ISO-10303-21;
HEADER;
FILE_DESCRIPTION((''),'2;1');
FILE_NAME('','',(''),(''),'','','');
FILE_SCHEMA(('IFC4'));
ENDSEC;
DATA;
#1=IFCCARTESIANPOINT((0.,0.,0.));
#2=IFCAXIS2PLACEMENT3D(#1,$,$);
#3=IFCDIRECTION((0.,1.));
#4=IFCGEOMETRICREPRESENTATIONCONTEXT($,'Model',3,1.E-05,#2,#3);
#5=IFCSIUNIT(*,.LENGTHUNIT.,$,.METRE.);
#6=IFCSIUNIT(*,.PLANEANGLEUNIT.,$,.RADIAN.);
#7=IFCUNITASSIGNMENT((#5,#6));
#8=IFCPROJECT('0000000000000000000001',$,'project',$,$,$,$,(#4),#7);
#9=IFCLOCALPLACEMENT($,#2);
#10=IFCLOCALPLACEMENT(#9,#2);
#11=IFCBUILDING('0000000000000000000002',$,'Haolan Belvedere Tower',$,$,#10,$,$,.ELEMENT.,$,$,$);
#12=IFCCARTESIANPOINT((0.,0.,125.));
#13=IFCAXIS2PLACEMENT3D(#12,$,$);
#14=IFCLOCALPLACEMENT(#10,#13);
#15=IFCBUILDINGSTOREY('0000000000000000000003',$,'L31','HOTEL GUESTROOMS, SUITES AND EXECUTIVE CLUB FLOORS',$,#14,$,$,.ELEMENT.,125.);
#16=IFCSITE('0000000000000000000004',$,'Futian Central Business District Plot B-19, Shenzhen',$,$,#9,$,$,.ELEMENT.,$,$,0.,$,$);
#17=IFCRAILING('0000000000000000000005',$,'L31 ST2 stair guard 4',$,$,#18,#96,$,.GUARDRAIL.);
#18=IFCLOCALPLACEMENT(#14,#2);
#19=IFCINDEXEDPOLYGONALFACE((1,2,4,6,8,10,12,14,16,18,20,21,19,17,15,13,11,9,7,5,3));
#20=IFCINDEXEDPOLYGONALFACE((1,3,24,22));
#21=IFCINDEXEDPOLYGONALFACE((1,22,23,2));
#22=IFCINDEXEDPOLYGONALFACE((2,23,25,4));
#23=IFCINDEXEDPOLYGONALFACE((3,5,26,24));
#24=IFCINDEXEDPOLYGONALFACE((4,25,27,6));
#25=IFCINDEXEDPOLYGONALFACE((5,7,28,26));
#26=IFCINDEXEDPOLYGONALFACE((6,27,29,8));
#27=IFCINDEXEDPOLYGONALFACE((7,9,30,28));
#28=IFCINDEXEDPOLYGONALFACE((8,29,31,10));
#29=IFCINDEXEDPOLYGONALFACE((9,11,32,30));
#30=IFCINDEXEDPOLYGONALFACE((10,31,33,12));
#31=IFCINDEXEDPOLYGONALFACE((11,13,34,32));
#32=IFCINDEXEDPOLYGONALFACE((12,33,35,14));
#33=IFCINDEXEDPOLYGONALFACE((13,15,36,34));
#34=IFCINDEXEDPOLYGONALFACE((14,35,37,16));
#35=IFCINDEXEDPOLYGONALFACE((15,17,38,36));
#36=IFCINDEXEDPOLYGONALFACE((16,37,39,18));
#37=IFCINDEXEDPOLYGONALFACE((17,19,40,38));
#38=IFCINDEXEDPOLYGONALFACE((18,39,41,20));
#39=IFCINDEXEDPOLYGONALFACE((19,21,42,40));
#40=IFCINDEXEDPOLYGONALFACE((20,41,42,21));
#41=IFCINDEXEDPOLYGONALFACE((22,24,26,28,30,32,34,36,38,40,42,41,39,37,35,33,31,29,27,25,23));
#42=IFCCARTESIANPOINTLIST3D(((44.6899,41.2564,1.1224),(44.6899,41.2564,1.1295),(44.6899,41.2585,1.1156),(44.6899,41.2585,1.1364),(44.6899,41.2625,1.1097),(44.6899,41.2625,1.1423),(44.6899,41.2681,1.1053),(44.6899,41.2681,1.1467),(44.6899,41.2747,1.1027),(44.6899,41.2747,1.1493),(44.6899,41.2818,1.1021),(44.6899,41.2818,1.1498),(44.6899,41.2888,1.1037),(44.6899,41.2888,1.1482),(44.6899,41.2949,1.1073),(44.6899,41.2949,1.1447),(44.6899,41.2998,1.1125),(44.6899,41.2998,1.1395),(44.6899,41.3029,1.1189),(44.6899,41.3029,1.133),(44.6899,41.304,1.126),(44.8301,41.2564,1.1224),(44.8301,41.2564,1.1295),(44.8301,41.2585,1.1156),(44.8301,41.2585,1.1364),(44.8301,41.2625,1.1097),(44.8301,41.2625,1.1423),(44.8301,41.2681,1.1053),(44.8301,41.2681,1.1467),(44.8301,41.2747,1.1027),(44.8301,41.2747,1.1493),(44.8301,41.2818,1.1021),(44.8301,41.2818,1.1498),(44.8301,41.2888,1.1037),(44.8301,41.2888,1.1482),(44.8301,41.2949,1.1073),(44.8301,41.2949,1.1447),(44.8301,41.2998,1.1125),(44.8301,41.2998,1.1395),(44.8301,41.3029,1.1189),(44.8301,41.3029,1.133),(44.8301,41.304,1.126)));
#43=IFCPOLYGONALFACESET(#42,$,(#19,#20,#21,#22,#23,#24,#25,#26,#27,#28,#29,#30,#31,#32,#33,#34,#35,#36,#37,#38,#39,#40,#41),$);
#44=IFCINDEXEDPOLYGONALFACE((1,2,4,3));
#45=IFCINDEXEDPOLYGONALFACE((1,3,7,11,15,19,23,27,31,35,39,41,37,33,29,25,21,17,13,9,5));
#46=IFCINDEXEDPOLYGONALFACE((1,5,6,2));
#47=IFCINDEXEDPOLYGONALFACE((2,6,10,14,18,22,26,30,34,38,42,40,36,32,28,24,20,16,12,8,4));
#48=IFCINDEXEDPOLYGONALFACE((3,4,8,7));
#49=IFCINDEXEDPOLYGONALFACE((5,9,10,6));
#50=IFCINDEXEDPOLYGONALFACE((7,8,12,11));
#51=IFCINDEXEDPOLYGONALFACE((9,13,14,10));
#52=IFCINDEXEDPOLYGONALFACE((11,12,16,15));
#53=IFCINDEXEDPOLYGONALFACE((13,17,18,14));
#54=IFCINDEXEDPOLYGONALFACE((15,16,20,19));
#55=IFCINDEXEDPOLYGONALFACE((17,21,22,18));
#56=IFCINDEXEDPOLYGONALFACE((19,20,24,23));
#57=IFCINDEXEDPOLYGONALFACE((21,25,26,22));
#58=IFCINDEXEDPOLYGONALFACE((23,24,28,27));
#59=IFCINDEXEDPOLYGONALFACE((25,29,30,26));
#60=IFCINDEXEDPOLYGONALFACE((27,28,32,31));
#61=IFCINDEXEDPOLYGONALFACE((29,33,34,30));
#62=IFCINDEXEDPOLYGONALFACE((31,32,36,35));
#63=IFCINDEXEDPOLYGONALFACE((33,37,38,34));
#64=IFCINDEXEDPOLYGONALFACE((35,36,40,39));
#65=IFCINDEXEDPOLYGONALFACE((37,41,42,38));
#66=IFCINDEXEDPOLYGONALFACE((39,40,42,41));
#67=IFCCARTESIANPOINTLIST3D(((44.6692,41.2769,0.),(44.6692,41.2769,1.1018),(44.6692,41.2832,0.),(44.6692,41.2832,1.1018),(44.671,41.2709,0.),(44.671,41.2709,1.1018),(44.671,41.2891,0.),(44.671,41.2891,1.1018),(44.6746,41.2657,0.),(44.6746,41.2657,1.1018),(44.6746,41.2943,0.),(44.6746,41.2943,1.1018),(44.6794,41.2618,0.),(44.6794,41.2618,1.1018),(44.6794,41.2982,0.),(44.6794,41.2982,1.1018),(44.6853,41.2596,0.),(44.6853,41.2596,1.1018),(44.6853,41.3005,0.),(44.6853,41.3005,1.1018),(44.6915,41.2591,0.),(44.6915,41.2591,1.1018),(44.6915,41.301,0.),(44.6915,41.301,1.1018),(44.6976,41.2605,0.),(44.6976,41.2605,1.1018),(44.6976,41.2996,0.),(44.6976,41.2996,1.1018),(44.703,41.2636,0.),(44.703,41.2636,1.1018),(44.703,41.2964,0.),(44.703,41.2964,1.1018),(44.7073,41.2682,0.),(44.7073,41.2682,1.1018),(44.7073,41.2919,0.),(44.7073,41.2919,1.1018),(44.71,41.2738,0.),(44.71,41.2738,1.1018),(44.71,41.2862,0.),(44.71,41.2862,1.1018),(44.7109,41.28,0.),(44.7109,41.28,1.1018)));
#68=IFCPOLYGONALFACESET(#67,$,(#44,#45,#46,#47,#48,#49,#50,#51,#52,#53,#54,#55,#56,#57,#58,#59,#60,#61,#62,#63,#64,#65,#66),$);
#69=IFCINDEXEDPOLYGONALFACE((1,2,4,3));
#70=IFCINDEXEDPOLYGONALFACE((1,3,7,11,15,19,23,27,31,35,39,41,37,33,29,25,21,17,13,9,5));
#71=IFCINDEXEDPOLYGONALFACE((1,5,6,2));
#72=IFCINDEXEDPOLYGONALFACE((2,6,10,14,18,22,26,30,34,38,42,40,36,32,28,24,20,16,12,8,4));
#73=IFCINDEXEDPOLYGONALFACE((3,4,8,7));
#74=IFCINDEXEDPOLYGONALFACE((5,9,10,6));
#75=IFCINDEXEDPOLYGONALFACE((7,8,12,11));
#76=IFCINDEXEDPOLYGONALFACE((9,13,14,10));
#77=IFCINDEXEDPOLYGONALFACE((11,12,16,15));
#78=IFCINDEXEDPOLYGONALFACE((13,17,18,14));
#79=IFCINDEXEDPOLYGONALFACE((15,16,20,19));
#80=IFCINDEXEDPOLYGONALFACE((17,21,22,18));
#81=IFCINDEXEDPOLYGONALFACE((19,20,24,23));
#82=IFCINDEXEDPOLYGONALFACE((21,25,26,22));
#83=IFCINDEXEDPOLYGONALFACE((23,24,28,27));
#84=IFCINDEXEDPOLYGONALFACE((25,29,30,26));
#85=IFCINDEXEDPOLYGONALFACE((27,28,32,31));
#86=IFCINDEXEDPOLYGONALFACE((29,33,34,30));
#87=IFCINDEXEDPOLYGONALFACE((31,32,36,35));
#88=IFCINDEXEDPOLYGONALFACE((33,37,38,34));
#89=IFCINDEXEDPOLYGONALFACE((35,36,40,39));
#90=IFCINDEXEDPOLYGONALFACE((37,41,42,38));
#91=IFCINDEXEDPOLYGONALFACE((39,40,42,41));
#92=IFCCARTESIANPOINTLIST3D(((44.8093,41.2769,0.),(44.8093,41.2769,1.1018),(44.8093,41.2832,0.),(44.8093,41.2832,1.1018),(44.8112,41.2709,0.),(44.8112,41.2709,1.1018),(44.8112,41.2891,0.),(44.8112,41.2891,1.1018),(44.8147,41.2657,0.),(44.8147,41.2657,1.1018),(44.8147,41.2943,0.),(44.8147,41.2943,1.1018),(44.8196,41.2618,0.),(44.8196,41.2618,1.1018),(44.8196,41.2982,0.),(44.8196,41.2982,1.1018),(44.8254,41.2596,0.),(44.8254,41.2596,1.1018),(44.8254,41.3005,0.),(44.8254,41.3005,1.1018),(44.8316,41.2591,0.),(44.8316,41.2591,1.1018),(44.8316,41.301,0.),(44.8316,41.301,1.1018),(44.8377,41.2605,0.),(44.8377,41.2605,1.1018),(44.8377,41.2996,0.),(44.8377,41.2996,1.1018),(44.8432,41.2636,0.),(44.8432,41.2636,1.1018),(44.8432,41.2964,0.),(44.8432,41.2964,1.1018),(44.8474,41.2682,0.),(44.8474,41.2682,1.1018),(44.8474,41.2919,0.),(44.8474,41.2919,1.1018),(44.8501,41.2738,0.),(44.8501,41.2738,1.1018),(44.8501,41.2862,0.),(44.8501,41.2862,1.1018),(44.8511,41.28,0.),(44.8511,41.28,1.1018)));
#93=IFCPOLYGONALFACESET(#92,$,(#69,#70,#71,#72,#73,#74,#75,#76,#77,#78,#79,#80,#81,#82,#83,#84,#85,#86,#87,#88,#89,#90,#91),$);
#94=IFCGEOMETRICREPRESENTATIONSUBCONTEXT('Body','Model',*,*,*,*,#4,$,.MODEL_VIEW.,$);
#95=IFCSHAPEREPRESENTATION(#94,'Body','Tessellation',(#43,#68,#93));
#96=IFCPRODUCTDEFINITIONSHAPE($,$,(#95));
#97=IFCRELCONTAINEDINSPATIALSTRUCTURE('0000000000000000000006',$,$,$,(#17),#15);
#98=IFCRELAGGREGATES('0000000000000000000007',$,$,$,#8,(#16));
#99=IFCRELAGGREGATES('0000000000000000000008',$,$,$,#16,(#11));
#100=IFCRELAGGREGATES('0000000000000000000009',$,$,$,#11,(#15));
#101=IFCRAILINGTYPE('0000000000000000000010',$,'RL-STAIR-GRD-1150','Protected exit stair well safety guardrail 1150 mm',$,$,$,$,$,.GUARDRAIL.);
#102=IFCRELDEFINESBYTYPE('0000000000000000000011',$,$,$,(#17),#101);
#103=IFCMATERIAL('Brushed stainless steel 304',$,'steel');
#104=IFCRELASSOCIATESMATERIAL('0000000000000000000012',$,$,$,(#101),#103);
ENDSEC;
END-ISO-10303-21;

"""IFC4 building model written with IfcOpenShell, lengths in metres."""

from ifc_helpers import new_model, si_unit, direction, frame, origin, origin_2d, place, context, subcontext, project, spatial, circle, extrude, material, type_object, element, save


model = new_model("IFC4")

# Units and contexts
model_context = context("Model", 3, precision=1e-05, world=origin(), true_north=direction((0.0, 1.0)))
body_context = subcontext(model_context, "Body", "Model", "MODEL_VIEW")
ifc_project = project(units=[si_unit("LENGTHUNIT", "METRE"), si_unit("PLANEANGLEUNIT", "RADIAN")], contexts=[model_context])

# Site, building, storey
site_placement = place(None, origin())
site = spatial("IfcSite", under=ifc_project, at=site_placement, Name="Futian Central Business District Plot B-19, Shenzhen", CompositionType="ELEMENT", RefElevation=0.0)
building_placement = place(site_placement, origin())
building = spatial("IfcBuilding", under=site, at=building_placement, Name="Haolan Belvedere Tower", CompositionType="ELEMENT")
storey_placement = place(building_placement, frame((0.0, 0.0, 125.0)))
storey = spatial("IfcBuildingStorey", under=building, at=storey_placement, Name="L31", Description="HOTEL GUESTROOMS, SUITES AND EXECUTIVE CLUB FLOORS", CompositionType="ELEMENT", Elevation=125.0)

# Railing
ifc_material_1 = material(Name="Brushed stainless steel 304", Category="steel")
railing_type_1 = type_object("IfcRailingType", Name="RL-STAIR-GRD-1150", Description="Protected exit stair well safety guardrail 1150 mm", PredefinedType="GUARDRAIL", material=ifc_material_1)
railing_1_placement = place(storey_placement, frame((44.6899, 41.28, 0.0)))
element("IfcRailing", 1, at=railing_1_placement, inside=storey, type_object=railing_type_1, Name="L31 ST2 stair guard 4", PredefinedType="GUARDRAIL", context=body_context, shape_type="SweptSolid", body=[
    extrude(circle(Radius=0.0239, at=origin_2d()), frame((0.0, 0.0, 1.126), z_axis=(1.0, 0.0, 0.0), x_axis=(0.0, 1.0, 0.0)), (0.0, 0.0, 1.0), 0.1401),
    extrude(circle(Radius=0.021, at=origin_2d()), origin(), (0.0, 0.0, 1.0), 1.1018),
    extrude(circle(Radius=0.021, at=origin_2d()), frame((0.1401, 0.0, 0.0)), (0.0, 0.0, 1.0), 1.1018),
])

save(model, "model.ifc")
